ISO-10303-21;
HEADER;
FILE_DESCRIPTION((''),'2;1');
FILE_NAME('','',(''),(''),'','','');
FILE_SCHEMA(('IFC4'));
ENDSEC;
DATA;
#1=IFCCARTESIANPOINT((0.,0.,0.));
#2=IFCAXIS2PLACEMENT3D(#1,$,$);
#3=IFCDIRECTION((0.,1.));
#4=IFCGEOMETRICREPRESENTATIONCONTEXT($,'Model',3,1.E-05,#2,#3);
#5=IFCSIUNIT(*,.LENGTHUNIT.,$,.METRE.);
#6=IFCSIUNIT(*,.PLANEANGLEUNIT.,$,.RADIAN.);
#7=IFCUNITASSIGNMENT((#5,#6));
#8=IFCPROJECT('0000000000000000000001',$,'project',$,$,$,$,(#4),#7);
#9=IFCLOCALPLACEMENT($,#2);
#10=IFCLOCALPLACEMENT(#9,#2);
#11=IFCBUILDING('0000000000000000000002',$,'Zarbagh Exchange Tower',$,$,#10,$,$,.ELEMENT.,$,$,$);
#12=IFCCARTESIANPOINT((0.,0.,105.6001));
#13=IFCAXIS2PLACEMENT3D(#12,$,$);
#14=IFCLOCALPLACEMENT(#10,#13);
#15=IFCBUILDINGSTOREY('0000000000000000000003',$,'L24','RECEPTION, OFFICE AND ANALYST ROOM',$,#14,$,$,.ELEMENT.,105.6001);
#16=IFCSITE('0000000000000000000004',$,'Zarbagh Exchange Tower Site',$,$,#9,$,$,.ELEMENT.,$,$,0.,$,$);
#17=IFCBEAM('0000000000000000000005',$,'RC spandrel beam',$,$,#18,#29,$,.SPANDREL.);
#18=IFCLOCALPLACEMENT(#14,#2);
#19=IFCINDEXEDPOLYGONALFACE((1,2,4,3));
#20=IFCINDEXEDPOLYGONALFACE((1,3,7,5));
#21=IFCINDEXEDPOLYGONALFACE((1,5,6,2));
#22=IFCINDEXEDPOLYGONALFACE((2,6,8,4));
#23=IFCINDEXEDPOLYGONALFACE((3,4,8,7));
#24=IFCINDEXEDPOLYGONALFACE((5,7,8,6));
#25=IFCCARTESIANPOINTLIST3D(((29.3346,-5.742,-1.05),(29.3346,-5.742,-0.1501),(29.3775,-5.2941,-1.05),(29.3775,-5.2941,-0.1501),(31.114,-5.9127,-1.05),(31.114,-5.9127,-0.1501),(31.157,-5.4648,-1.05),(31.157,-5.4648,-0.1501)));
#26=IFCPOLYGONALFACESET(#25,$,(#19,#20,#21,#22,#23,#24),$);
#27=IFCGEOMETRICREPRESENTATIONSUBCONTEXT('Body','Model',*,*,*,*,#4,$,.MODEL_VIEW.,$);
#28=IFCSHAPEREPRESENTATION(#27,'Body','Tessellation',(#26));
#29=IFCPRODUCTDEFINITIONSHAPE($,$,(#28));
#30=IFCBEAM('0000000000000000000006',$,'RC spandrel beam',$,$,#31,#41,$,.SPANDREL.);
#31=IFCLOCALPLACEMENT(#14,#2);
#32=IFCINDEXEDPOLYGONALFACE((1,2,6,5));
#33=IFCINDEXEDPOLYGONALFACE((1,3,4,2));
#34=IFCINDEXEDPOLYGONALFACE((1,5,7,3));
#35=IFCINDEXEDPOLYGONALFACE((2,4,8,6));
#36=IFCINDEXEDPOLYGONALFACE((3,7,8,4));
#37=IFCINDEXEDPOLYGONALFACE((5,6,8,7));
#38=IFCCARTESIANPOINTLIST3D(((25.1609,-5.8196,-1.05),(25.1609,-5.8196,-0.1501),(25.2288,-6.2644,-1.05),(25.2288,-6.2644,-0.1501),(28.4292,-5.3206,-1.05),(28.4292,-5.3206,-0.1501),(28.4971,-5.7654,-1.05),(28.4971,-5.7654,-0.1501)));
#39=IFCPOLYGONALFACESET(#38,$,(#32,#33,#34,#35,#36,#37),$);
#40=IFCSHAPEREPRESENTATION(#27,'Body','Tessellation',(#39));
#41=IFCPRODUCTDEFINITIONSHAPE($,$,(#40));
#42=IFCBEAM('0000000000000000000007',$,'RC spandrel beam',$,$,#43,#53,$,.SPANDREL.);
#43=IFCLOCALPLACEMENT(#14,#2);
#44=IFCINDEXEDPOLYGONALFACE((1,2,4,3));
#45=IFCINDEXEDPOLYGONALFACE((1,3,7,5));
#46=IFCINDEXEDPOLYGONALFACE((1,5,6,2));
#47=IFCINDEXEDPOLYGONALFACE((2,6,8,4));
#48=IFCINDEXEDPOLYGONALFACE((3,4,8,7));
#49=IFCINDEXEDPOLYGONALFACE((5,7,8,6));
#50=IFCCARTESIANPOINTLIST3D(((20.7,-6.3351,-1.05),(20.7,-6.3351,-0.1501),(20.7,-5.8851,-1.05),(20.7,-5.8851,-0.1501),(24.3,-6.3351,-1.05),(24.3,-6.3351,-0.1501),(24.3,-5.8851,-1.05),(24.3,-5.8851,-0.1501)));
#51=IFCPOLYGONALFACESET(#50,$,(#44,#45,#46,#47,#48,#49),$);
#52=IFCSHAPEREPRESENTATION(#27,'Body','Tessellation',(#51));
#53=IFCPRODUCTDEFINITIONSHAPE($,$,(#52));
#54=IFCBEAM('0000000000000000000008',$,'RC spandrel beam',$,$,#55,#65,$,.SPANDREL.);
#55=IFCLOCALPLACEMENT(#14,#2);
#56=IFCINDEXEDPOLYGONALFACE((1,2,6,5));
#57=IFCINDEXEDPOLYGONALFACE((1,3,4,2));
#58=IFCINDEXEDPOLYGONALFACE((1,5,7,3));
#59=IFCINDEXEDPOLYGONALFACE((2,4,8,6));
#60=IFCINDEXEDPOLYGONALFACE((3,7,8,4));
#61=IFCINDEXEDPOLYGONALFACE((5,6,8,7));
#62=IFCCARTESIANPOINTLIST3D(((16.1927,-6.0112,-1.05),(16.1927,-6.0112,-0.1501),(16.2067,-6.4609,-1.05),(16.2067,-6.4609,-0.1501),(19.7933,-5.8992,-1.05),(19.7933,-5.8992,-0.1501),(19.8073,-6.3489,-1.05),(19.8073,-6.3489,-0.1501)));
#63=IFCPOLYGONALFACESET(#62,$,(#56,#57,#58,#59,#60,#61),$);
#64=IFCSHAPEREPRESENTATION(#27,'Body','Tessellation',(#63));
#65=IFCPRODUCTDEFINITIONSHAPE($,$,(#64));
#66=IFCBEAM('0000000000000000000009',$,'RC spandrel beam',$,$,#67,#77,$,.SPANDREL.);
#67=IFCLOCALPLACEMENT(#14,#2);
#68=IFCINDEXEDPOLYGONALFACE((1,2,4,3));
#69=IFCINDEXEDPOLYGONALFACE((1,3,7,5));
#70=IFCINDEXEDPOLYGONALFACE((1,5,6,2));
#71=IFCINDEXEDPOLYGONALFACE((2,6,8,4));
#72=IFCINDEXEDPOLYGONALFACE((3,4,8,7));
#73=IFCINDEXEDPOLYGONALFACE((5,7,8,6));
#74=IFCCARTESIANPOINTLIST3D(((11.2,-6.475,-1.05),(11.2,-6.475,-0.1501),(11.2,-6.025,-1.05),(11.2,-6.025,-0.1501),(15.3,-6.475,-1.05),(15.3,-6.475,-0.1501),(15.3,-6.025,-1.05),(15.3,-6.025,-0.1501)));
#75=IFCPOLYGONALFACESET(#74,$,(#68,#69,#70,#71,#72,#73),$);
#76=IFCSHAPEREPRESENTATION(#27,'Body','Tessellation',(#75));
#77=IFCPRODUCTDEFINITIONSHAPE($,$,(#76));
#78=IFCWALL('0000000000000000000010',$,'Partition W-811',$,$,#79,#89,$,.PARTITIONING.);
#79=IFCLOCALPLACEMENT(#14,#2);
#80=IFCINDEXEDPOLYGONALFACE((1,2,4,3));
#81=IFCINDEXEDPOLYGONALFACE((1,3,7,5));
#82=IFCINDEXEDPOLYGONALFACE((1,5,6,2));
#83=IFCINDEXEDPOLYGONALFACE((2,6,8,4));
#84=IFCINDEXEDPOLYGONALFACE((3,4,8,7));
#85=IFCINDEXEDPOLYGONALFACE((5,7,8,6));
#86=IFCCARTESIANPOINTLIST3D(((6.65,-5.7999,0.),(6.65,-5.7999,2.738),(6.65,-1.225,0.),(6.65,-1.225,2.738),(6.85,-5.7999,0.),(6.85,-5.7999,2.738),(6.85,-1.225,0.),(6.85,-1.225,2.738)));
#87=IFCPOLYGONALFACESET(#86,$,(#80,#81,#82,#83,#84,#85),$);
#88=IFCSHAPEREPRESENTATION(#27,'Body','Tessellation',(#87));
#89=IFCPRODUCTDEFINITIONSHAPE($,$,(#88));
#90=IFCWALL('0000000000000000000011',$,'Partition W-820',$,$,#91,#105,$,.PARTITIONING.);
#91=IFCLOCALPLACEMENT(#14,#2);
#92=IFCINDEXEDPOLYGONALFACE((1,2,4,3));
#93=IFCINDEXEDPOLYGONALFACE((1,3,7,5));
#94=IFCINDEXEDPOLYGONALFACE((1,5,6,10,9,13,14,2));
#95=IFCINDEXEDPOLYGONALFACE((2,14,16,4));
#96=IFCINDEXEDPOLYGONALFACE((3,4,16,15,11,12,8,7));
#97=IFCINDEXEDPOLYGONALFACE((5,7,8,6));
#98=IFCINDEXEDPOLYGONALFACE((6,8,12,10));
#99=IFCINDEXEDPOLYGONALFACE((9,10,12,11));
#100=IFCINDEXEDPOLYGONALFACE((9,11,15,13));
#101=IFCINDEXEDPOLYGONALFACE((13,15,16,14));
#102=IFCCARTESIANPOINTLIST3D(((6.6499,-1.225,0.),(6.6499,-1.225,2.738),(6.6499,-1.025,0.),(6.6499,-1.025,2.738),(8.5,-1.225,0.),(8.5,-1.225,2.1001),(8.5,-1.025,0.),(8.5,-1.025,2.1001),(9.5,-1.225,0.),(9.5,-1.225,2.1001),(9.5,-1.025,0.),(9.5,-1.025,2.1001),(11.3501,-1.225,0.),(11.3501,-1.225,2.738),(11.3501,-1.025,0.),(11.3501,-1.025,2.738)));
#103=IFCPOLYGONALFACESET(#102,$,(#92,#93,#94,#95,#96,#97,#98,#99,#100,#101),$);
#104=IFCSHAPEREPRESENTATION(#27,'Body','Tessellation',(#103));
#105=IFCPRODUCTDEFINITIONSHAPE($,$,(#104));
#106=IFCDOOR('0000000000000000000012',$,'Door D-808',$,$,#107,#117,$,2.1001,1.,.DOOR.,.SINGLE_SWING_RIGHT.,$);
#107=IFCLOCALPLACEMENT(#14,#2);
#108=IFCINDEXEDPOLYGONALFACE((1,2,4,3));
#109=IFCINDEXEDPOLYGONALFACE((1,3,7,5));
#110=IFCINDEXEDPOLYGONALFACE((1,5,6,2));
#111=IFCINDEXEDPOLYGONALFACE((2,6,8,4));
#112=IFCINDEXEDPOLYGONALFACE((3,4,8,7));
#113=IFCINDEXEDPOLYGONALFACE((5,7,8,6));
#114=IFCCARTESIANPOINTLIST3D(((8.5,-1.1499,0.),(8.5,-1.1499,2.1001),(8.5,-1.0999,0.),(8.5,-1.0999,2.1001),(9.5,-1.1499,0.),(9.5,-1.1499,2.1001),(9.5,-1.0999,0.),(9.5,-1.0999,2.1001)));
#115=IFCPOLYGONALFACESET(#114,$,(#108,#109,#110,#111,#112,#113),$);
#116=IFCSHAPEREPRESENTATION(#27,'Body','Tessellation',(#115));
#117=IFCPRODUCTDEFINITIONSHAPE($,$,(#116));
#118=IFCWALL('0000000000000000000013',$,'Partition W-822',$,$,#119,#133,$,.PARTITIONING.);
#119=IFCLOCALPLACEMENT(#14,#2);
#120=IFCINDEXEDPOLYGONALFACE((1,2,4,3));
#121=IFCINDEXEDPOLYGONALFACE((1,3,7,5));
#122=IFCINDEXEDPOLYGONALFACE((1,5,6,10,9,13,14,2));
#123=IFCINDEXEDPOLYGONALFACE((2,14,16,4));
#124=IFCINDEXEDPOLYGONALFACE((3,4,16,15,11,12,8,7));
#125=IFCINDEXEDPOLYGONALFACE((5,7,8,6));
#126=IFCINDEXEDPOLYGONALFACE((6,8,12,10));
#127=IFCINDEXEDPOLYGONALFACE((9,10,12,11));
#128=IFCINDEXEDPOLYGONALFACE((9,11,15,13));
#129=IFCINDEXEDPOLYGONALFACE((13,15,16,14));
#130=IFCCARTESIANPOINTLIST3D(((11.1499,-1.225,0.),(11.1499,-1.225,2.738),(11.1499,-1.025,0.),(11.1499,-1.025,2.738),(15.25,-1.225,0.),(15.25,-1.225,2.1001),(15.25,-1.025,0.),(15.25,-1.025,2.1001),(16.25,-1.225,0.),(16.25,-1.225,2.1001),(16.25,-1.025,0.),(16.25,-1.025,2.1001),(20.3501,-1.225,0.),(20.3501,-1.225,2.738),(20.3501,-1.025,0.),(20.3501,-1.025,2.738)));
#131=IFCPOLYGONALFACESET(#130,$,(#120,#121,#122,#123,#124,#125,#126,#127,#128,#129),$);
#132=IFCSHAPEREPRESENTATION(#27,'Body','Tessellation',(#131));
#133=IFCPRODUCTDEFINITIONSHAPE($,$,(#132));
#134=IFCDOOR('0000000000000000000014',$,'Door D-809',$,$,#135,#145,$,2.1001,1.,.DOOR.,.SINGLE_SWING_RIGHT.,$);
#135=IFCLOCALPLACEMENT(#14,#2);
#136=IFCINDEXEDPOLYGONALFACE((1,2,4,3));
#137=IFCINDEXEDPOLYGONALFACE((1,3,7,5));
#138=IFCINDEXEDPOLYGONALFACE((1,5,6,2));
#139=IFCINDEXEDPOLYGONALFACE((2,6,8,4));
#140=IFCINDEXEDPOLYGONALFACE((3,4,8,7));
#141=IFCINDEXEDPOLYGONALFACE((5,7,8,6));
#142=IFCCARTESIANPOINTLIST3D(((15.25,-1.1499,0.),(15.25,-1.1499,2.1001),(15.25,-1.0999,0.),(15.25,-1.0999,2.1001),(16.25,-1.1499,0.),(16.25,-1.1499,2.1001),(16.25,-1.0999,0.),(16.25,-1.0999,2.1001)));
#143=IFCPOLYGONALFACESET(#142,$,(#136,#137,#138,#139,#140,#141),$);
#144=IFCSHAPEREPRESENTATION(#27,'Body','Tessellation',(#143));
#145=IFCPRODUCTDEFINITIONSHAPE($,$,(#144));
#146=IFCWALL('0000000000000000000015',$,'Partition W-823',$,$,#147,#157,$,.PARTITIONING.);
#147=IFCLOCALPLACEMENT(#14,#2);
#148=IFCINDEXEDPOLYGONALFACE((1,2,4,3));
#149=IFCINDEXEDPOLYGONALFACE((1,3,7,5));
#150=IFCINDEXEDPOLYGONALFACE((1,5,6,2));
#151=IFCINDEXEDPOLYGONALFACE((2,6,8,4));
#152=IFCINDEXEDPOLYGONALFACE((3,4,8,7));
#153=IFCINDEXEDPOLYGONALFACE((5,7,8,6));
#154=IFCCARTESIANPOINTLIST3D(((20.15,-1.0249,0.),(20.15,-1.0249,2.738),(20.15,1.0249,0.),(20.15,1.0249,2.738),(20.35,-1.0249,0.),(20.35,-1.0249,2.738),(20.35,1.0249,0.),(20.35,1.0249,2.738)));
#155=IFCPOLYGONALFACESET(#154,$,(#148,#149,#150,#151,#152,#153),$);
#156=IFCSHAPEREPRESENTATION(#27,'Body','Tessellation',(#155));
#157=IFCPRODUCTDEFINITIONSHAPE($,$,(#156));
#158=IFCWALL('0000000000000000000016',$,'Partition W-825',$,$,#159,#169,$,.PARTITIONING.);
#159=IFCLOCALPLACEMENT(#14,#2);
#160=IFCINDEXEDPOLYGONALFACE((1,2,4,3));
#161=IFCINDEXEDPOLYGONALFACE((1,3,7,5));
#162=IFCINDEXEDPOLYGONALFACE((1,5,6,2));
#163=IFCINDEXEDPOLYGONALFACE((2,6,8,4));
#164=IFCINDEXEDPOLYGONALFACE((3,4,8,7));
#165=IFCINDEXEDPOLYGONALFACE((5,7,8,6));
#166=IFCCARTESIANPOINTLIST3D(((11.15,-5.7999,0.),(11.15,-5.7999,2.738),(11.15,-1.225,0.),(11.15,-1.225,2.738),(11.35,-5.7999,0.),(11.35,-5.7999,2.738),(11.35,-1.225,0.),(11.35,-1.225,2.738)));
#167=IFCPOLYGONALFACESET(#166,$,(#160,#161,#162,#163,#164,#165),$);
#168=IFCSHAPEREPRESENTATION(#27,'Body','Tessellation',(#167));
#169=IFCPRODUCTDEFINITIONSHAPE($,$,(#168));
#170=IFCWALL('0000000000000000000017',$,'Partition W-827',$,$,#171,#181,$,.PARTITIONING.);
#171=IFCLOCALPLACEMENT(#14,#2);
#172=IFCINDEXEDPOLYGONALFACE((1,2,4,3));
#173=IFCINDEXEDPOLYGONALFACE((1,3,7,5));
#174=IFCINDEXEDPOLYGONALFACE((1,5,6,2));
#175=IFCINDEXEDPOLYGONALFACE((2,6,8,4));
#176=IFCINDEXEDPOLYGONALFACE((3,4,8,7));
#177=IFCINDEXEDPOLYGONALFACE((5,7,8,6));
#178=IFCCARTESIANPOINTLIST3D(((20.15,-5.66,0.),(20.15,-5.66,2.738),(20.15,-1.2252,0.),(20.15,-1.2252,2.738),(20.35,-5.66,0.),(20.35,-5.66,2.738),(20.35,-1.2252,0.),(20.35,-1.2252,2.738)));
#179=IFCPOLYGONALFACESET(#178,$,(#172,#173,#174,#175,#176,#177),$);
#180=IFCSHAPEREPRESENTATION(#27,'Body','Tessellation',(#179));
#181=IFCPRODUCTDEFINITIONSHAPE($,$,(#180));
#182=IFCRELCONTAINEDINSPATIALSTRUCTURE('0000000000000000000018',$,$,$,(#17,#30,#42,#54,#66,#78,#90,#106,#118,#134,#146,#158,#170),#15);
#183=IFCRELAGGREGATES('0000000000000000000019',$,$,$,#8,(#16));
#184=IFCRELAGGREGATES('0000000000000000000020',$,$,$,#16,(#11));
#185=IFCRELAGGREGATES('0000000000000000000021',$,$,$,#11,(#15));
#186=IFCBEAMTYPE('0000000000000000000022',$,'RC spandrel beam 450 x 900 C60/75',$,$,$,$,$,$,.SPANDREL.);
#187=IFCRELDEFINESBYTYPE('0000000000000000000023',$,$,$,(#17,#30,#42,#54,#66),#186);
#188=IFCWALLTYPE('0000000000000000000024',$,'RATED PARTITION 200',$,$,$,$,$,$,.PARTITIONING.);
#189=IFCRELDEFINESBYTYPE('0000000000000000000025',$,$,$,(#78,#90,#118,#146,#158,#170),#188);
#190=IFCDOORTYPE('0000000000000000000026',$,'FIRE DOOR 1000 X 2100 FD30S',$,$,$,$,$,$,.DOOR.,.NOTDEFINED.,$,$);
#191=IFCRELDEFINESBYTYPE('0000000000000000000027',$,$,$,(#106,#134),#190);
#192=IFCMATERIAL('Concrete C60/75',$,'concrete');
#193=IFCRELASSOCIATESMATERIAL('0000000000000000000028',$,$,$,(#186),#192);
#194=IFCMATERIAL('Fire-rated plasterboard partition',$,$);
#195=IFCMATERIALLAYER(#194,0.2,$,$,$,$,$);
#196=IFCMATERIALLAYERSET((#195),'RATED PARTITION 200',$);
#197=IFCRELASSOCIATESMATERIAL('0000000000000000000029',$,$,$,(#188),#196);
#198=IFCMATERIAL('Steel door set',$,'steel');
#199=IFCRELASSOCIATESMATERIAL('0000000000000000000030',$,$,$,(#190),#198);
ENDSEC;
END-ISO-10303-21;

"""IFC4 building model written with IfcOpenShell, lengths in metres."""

from ifc_helpers import new_model, si_unit, direction, frame, frame_2d, origin, origin_2d, place, context, subcontext, project, spatial, rectangle, extrude, material, layer, layer_set, material_profile, profile_set, type_object, element, fill, save


model = new_model("IFC4")

# Units and contexts
model_context = context("Model", 3, precision=1e-05, world=origin(), true_north=direction((0.0, 1.0)))
body_context = subcontext(model_context, "Body", "Model", "MODEL_VIEW")
ifc_project = project(units=[si_unit("LENGTHUNIT", "METRE"), si_unit("PLANEANGLEUNIT", "RADIAN")], contexts=[model_context])

# Site, building, storey
site_placement = place(None, origin())
site = spatial("IfcSite", under=ifc_project, at=site_placement, Name="Zarbagh Exchange Tower Site", CompositionType="ELEMENT", RefElevation=0.0)
building_placement = place(site_placement, origin())
building = spatial("IfcBuilding", under=site, at=building_placement, Name="Zarbagh Exchange Tower", CompositionType="ELEMENT")
storey_placement = place(building_placement, frame((0.0, 0.0, 105.6001)))
storey = spatial("IfcBuildingStorey", under=building, at=storey_placement, Name="L24", Description="RECEPTION, OFFICE AND ANALYST ROOM", CompositionType="ELEMENT", Elevation=105.6001)

# Shared definitions
ifc_material_1 = material(Name="Concrete C60/75", Category="concrete")

# Beams
ifc_material_profile_1 = material_profile(ifc_material_1, rectangle(XDim=0.45, YDim=0.8999, at=origin_2d()), Name="RC spandrel beam 450 x 900 C60/75")
ifc_profile_set_1 = profile_set([ifc_material_profile_1], Name="Concrete C60/75")
beam_type_1 = type_object("IfcBeamType", Name="RC spandrel beam 450 x 900 C60/75", PredefinedType="SPANDREL", material=ifc_profile_set_1)
beam_1_placement = place(storey_placement, frame((31.1355, -5.6887, -0.6001), z_axis=(-0.995433, 0.09546, 0.0), x_axis=(-0.09546, -0.995433, 0.0)))
element("IfcBeam", 1, at=beam_1_placement, inside=storey, type_object=beam_type_1, Name="RC spandrel beam", PredefinedType="SPANDREL", context=body_context, shape_type="SweptSolid", body=[
    extrude(rectangle(XDim=0.45, YDim=0.8999, at=origin_2d()), origin(), (0.0, 0.0, 1.0), 1.7876),
])
beam_2_placement = place(storey_placement, frame((28.4631, -5.543, -0.6001), z_axis=(-0.988544, -0.150936, 0.0), x_axis=(0.150936, -0.988544, 0.0)))
element("IfcBeam", 2, at=beam_2_placement, inside=storey, type_object=beam_type_1, Name="RC spandrel beam", PredefinedType="SPANDREL", context=body_context, shape_type="SweptSolid", body=[
    extrude(rectangle(XDim=0.45, YDim=0.8999, at=origin_2d()), origin(), (0.0, 0.0, 1.0), 3.3062),
])
beam_3_placement = place(storey_placement, frame((24.3, -6.1101, -0.6001), z_axis=(-1.0, 0.0, 0.0), x_axis=(0.0, -1.0, 0.0)))
element("IfcBeam", 3, at=beam_3_placement, inside=storey, type_object=beam_type_1, Name="RC spandrel beam", PredefinedType="SPANDREL", context=body_context, shape_type="SweptSolid", body=[
    extrude(rectangle(XDim=0.45, YDim=0.8999, at=origin_2d()), origin(), (0.0, 0.0, 1.0), 3.6001),
])
beam_4_placement = place(storey_placement, frame((19.8003, -6.124, -0.6001), z_axis=(-0.999516, -0.031108, 0.0), x_axis=(0.031108, -0.999516, 0.0)))
element("IfcBeam", 4, at=beam_4_placement, inside=storey, type_object=beam_type_1, Name="RC spandrel beam", PredefinedType="SPANDREL", context=body_context, shape_type="SweptSolid", body=[
    extrude(rectangle(XDim=0.45, YDim=0.8999, at=origin_2d()), origin(), (0.0, 0.0, 1.0), 3.6023),
])
beam_5_placement = place(storey_placement, frame((15.3, -6.25, -0.6001), z_axis=(-1.0, 0.0, 0.0), x_axis=(0.0, -1.0, 0.0)))
element("IfcBeam", 5, at=beam_5_placement, inside=storey, type_object=beam_type_1, Name="RC spandrel beam", PredefinedType="SPANDREL", context=body_context, shape_type="SweptSolid", body=[
    extrude(rectangle(XDim=0.45, YDim=0.8999, at=origin_2d()), origin(), (0.0, 0.0, 1.0), 4.1001),
])

# Wall
ifc_material_2 = material(Name="Fire-rated plasterboard partition")
ifc_layer = layer(ifc_material_2, 0.2)
ifc_layer_set = layer_set([ifc_layer], Name="RATED PARTITION 200")
wall_type = type_object("IfcWallType", Name="RATED PARTITION 200", PredefinedType="PARTITIONING", material=ifc_layer_set)
wall_1_placement = place(storey_placement, frame((6.75, -5.8, 0.0), z_axis=(0.0, 0.0, 1.0), x_axis=(0.0, 1.0, 0.0)))
element("IfcWall", 6, at=wall_1_placement, inside=storey, type_object=wall_type, Name="Partition W-811", PredefinedType="PARTITIONING", context=body_context, shape_type="SweptSolid", body=[
    extrude(rectangle(XDim=4.575, YDim=0.2, at=frame_2d((2.2876, 0.0))), origin(), (0.0, 0.0, 1.0), 2.738),
])

# Walls, openings, doors
wall_2_placement = place(storey_placement, frame((11.3501, -1.125, 0.0), z_axis=(0.0, 0.0, 1.0), x_axis=(-1.0, 0.0, 0.0)))
wall_2 = element("IfcWall", 7, at=wall_2_placement, inside=storey, type_object=wall_type, Name="Partition W-820", PredefinedType="PARTITIONING", context=body_context, shape_type="SweptSolid", body=[
    extrude(rectangle(XDim=4.7002, YDim=0.2, at=frame_2d((2.3501, 0.0))), origin(), (0.0, 0.0, 1.0), 2.738),
])
opening_1_placement = place(wall_2_placement, frame((1.8501, 0.0, 0.0)))
opening_1 = element("IfcOpeningElement", 8, at=opening_1_placement, cuts=wall_2, PredefinedType="OPENING", context=body_context, shape_type="SweptSolid", body=[
    extrude(rectangle(XDim=1.0, YDim=2.1001, at=frame_2d((0.5, 1.05))), frame((0.0, 0.1099, 0.0), z_axis=(0.0, -1.0, 0.0), x_axis=(1.0, 0.0, 0.0)), (0.0, 0.0, 1.0), 0.22),
])
ifc_material_3 = material(Name="Steel door set", Category="steel")
door_type = type_object("IfcDoorType", Name="FIRE DOOR 1000 X 2100 FD30S", OperationType="NOTDEFINED", PredefinedType="DOOR", material=ifc_material_3)
door_1_placement = place(opening_1_placement, origin())
door_1 = element("IfcDoor", 9, at=door_1_placement, inside=storey, type_object=door_type, Name="Door D-808", OperationType="SINGLE_SWING_RIGHT", OverallHeight=2.1001, OverallWidth=1.0, PredefinedType="DOOR", context=body_context, shape_type="SweptSolid", body=[
    extrude(rectangle(XDim=1.0, YDim=2.1001, at=frame_2d((0.5, 1.05))), frame((0.0, 0.0249, 0.0), z_axis=(0.0, -1.0, 0.0), x_axis=(1.0, 0.0, 0.0)), (0.0, 0.0, 1.0), 0.05),
])
fill(opening_1, door_1)
wall_3_placement = place(storey_placement, frame((20.3501, -1.125, 0.0), z_axis=(0.0, 0.0, 1.0), x_axis=(-1.0, 0.0, 0.0)))
wall_3 = element("IfcWall", 10, at=wall_3_placement, inside=storey, type_object=wall_type, Name="Partition W-822", PredefinedType="PARTITIONING", context=body_context, shape_type="SweptSolid", body=[
    extrude(rectangle(XDim=9.2002, YDim=0.2, at=frame_2d((4.6001, 0.0))), origin(), (0.0, 0.0, 1.0), 2.738),
])
opening_2_placement = place(wall_3_placement, frame((4.1001, 0.0, 0.0)))
opening_2 = element("IfcOpeningElement", 11, at=opening_2_placement, cuts=wall_3, PredefinedType="OPENING", context=body_context, shape_type="SweptSolid", body=[
    extrude(rectangle(XDim=1.0, YDim=2.1001, at=frame_2d((0.5, 1.05))), frame((0.0, 0.1099, 0.0), z_axis=(0.0, -1.0, 0.0), x_axis=(1.0, 0.0, 0.0)), (0.0, 0.0, 1.0), 0.22),
])
door_2_placement = place(opening_2_placement, origin())
door_2 = element("IfcDoor", 12, at=door_2_placement, inside=storey, type_object=door_type, Name="Door D-809", OperationType="SINGLE_SWING_RIGHT", OverallHeight=2.1001, OverallWidth=1.0, PredefinedType="DOOR", context=body_context, shape_type="SweptSolid", body=[
    extrude(rectangle(XDim=1.0, YDim=2.1001, at=frame_2d((0.5, 1.05))), frame((0.0, 0.0249, 0.0), z_axis=(0.0, -1.0, 0.0), x_axis=(1.0, 0.0, 0.0)), (0.0, 0.0, 1.0), 0.05),
])
fill(opening_2, door_2)

# Walls
wall_4_placement = place(storey_placement, frame((20.25, -1.0249, 0.0), z_axis=(0.0, 0.0, 1.0), x_axis=(0.0, 1.0, 0.0)))
element("IfcWall", 13, at=wall_4_placement, inside=storey, type_object=wall_type, Name="Partition W-823", PredefinedType="PARTITIONING", context=body_context, shape_type="SweptSolid", body=[
    extrude(rectangle(XDim=2.0498, YDim=0.2, at=frame_2d((1.0249, 0.0))), origin(), (0.0, 0.0, 1.0), 2.738),
])
wall_5_placement = place(storey_placement, frame((11.25, -5.8, 0.0), z_axis=(0.0, 0.0, 1.0), x_axis=(0.0, 1.0, 0.0)))
element("IfcWall", 14, at=wall_5_placement, inside=storey, type_object=wall_type, Name="Partition W-825", PredefinedType="PARTITIONING", context=body_context, shape_type="SweptSolid", body=[
    extrude(rectangle(XDim=4.575, YDim=0.2, at=frame_2d((2.2876, 0.0))), origin(), (0.0, 0.0, 1.0), 2.738),
])
wall_6_placement = place(storey_placement, frame((20.25, -5.6599, 0.0), z_axis=(0.0, 0.0, 1.0), x_axis=(0.0, 1.0, 0.0)))
element("IfcWall", 15, at=wall_6_placement, inside=storey, type_object=wall_type, Name="Partition W-827", PredefinedType="PARTITIONING", context=body_context, shape_type="SweptSolid", body=[
    extrude(rectangle(XDim=4.4348, YDim=0.2, at=frame_2d((2.2173, 0.0))), origin(), (0.0, 0.0, 1.0), 2.738),
])

save(model, "model.ifc")
